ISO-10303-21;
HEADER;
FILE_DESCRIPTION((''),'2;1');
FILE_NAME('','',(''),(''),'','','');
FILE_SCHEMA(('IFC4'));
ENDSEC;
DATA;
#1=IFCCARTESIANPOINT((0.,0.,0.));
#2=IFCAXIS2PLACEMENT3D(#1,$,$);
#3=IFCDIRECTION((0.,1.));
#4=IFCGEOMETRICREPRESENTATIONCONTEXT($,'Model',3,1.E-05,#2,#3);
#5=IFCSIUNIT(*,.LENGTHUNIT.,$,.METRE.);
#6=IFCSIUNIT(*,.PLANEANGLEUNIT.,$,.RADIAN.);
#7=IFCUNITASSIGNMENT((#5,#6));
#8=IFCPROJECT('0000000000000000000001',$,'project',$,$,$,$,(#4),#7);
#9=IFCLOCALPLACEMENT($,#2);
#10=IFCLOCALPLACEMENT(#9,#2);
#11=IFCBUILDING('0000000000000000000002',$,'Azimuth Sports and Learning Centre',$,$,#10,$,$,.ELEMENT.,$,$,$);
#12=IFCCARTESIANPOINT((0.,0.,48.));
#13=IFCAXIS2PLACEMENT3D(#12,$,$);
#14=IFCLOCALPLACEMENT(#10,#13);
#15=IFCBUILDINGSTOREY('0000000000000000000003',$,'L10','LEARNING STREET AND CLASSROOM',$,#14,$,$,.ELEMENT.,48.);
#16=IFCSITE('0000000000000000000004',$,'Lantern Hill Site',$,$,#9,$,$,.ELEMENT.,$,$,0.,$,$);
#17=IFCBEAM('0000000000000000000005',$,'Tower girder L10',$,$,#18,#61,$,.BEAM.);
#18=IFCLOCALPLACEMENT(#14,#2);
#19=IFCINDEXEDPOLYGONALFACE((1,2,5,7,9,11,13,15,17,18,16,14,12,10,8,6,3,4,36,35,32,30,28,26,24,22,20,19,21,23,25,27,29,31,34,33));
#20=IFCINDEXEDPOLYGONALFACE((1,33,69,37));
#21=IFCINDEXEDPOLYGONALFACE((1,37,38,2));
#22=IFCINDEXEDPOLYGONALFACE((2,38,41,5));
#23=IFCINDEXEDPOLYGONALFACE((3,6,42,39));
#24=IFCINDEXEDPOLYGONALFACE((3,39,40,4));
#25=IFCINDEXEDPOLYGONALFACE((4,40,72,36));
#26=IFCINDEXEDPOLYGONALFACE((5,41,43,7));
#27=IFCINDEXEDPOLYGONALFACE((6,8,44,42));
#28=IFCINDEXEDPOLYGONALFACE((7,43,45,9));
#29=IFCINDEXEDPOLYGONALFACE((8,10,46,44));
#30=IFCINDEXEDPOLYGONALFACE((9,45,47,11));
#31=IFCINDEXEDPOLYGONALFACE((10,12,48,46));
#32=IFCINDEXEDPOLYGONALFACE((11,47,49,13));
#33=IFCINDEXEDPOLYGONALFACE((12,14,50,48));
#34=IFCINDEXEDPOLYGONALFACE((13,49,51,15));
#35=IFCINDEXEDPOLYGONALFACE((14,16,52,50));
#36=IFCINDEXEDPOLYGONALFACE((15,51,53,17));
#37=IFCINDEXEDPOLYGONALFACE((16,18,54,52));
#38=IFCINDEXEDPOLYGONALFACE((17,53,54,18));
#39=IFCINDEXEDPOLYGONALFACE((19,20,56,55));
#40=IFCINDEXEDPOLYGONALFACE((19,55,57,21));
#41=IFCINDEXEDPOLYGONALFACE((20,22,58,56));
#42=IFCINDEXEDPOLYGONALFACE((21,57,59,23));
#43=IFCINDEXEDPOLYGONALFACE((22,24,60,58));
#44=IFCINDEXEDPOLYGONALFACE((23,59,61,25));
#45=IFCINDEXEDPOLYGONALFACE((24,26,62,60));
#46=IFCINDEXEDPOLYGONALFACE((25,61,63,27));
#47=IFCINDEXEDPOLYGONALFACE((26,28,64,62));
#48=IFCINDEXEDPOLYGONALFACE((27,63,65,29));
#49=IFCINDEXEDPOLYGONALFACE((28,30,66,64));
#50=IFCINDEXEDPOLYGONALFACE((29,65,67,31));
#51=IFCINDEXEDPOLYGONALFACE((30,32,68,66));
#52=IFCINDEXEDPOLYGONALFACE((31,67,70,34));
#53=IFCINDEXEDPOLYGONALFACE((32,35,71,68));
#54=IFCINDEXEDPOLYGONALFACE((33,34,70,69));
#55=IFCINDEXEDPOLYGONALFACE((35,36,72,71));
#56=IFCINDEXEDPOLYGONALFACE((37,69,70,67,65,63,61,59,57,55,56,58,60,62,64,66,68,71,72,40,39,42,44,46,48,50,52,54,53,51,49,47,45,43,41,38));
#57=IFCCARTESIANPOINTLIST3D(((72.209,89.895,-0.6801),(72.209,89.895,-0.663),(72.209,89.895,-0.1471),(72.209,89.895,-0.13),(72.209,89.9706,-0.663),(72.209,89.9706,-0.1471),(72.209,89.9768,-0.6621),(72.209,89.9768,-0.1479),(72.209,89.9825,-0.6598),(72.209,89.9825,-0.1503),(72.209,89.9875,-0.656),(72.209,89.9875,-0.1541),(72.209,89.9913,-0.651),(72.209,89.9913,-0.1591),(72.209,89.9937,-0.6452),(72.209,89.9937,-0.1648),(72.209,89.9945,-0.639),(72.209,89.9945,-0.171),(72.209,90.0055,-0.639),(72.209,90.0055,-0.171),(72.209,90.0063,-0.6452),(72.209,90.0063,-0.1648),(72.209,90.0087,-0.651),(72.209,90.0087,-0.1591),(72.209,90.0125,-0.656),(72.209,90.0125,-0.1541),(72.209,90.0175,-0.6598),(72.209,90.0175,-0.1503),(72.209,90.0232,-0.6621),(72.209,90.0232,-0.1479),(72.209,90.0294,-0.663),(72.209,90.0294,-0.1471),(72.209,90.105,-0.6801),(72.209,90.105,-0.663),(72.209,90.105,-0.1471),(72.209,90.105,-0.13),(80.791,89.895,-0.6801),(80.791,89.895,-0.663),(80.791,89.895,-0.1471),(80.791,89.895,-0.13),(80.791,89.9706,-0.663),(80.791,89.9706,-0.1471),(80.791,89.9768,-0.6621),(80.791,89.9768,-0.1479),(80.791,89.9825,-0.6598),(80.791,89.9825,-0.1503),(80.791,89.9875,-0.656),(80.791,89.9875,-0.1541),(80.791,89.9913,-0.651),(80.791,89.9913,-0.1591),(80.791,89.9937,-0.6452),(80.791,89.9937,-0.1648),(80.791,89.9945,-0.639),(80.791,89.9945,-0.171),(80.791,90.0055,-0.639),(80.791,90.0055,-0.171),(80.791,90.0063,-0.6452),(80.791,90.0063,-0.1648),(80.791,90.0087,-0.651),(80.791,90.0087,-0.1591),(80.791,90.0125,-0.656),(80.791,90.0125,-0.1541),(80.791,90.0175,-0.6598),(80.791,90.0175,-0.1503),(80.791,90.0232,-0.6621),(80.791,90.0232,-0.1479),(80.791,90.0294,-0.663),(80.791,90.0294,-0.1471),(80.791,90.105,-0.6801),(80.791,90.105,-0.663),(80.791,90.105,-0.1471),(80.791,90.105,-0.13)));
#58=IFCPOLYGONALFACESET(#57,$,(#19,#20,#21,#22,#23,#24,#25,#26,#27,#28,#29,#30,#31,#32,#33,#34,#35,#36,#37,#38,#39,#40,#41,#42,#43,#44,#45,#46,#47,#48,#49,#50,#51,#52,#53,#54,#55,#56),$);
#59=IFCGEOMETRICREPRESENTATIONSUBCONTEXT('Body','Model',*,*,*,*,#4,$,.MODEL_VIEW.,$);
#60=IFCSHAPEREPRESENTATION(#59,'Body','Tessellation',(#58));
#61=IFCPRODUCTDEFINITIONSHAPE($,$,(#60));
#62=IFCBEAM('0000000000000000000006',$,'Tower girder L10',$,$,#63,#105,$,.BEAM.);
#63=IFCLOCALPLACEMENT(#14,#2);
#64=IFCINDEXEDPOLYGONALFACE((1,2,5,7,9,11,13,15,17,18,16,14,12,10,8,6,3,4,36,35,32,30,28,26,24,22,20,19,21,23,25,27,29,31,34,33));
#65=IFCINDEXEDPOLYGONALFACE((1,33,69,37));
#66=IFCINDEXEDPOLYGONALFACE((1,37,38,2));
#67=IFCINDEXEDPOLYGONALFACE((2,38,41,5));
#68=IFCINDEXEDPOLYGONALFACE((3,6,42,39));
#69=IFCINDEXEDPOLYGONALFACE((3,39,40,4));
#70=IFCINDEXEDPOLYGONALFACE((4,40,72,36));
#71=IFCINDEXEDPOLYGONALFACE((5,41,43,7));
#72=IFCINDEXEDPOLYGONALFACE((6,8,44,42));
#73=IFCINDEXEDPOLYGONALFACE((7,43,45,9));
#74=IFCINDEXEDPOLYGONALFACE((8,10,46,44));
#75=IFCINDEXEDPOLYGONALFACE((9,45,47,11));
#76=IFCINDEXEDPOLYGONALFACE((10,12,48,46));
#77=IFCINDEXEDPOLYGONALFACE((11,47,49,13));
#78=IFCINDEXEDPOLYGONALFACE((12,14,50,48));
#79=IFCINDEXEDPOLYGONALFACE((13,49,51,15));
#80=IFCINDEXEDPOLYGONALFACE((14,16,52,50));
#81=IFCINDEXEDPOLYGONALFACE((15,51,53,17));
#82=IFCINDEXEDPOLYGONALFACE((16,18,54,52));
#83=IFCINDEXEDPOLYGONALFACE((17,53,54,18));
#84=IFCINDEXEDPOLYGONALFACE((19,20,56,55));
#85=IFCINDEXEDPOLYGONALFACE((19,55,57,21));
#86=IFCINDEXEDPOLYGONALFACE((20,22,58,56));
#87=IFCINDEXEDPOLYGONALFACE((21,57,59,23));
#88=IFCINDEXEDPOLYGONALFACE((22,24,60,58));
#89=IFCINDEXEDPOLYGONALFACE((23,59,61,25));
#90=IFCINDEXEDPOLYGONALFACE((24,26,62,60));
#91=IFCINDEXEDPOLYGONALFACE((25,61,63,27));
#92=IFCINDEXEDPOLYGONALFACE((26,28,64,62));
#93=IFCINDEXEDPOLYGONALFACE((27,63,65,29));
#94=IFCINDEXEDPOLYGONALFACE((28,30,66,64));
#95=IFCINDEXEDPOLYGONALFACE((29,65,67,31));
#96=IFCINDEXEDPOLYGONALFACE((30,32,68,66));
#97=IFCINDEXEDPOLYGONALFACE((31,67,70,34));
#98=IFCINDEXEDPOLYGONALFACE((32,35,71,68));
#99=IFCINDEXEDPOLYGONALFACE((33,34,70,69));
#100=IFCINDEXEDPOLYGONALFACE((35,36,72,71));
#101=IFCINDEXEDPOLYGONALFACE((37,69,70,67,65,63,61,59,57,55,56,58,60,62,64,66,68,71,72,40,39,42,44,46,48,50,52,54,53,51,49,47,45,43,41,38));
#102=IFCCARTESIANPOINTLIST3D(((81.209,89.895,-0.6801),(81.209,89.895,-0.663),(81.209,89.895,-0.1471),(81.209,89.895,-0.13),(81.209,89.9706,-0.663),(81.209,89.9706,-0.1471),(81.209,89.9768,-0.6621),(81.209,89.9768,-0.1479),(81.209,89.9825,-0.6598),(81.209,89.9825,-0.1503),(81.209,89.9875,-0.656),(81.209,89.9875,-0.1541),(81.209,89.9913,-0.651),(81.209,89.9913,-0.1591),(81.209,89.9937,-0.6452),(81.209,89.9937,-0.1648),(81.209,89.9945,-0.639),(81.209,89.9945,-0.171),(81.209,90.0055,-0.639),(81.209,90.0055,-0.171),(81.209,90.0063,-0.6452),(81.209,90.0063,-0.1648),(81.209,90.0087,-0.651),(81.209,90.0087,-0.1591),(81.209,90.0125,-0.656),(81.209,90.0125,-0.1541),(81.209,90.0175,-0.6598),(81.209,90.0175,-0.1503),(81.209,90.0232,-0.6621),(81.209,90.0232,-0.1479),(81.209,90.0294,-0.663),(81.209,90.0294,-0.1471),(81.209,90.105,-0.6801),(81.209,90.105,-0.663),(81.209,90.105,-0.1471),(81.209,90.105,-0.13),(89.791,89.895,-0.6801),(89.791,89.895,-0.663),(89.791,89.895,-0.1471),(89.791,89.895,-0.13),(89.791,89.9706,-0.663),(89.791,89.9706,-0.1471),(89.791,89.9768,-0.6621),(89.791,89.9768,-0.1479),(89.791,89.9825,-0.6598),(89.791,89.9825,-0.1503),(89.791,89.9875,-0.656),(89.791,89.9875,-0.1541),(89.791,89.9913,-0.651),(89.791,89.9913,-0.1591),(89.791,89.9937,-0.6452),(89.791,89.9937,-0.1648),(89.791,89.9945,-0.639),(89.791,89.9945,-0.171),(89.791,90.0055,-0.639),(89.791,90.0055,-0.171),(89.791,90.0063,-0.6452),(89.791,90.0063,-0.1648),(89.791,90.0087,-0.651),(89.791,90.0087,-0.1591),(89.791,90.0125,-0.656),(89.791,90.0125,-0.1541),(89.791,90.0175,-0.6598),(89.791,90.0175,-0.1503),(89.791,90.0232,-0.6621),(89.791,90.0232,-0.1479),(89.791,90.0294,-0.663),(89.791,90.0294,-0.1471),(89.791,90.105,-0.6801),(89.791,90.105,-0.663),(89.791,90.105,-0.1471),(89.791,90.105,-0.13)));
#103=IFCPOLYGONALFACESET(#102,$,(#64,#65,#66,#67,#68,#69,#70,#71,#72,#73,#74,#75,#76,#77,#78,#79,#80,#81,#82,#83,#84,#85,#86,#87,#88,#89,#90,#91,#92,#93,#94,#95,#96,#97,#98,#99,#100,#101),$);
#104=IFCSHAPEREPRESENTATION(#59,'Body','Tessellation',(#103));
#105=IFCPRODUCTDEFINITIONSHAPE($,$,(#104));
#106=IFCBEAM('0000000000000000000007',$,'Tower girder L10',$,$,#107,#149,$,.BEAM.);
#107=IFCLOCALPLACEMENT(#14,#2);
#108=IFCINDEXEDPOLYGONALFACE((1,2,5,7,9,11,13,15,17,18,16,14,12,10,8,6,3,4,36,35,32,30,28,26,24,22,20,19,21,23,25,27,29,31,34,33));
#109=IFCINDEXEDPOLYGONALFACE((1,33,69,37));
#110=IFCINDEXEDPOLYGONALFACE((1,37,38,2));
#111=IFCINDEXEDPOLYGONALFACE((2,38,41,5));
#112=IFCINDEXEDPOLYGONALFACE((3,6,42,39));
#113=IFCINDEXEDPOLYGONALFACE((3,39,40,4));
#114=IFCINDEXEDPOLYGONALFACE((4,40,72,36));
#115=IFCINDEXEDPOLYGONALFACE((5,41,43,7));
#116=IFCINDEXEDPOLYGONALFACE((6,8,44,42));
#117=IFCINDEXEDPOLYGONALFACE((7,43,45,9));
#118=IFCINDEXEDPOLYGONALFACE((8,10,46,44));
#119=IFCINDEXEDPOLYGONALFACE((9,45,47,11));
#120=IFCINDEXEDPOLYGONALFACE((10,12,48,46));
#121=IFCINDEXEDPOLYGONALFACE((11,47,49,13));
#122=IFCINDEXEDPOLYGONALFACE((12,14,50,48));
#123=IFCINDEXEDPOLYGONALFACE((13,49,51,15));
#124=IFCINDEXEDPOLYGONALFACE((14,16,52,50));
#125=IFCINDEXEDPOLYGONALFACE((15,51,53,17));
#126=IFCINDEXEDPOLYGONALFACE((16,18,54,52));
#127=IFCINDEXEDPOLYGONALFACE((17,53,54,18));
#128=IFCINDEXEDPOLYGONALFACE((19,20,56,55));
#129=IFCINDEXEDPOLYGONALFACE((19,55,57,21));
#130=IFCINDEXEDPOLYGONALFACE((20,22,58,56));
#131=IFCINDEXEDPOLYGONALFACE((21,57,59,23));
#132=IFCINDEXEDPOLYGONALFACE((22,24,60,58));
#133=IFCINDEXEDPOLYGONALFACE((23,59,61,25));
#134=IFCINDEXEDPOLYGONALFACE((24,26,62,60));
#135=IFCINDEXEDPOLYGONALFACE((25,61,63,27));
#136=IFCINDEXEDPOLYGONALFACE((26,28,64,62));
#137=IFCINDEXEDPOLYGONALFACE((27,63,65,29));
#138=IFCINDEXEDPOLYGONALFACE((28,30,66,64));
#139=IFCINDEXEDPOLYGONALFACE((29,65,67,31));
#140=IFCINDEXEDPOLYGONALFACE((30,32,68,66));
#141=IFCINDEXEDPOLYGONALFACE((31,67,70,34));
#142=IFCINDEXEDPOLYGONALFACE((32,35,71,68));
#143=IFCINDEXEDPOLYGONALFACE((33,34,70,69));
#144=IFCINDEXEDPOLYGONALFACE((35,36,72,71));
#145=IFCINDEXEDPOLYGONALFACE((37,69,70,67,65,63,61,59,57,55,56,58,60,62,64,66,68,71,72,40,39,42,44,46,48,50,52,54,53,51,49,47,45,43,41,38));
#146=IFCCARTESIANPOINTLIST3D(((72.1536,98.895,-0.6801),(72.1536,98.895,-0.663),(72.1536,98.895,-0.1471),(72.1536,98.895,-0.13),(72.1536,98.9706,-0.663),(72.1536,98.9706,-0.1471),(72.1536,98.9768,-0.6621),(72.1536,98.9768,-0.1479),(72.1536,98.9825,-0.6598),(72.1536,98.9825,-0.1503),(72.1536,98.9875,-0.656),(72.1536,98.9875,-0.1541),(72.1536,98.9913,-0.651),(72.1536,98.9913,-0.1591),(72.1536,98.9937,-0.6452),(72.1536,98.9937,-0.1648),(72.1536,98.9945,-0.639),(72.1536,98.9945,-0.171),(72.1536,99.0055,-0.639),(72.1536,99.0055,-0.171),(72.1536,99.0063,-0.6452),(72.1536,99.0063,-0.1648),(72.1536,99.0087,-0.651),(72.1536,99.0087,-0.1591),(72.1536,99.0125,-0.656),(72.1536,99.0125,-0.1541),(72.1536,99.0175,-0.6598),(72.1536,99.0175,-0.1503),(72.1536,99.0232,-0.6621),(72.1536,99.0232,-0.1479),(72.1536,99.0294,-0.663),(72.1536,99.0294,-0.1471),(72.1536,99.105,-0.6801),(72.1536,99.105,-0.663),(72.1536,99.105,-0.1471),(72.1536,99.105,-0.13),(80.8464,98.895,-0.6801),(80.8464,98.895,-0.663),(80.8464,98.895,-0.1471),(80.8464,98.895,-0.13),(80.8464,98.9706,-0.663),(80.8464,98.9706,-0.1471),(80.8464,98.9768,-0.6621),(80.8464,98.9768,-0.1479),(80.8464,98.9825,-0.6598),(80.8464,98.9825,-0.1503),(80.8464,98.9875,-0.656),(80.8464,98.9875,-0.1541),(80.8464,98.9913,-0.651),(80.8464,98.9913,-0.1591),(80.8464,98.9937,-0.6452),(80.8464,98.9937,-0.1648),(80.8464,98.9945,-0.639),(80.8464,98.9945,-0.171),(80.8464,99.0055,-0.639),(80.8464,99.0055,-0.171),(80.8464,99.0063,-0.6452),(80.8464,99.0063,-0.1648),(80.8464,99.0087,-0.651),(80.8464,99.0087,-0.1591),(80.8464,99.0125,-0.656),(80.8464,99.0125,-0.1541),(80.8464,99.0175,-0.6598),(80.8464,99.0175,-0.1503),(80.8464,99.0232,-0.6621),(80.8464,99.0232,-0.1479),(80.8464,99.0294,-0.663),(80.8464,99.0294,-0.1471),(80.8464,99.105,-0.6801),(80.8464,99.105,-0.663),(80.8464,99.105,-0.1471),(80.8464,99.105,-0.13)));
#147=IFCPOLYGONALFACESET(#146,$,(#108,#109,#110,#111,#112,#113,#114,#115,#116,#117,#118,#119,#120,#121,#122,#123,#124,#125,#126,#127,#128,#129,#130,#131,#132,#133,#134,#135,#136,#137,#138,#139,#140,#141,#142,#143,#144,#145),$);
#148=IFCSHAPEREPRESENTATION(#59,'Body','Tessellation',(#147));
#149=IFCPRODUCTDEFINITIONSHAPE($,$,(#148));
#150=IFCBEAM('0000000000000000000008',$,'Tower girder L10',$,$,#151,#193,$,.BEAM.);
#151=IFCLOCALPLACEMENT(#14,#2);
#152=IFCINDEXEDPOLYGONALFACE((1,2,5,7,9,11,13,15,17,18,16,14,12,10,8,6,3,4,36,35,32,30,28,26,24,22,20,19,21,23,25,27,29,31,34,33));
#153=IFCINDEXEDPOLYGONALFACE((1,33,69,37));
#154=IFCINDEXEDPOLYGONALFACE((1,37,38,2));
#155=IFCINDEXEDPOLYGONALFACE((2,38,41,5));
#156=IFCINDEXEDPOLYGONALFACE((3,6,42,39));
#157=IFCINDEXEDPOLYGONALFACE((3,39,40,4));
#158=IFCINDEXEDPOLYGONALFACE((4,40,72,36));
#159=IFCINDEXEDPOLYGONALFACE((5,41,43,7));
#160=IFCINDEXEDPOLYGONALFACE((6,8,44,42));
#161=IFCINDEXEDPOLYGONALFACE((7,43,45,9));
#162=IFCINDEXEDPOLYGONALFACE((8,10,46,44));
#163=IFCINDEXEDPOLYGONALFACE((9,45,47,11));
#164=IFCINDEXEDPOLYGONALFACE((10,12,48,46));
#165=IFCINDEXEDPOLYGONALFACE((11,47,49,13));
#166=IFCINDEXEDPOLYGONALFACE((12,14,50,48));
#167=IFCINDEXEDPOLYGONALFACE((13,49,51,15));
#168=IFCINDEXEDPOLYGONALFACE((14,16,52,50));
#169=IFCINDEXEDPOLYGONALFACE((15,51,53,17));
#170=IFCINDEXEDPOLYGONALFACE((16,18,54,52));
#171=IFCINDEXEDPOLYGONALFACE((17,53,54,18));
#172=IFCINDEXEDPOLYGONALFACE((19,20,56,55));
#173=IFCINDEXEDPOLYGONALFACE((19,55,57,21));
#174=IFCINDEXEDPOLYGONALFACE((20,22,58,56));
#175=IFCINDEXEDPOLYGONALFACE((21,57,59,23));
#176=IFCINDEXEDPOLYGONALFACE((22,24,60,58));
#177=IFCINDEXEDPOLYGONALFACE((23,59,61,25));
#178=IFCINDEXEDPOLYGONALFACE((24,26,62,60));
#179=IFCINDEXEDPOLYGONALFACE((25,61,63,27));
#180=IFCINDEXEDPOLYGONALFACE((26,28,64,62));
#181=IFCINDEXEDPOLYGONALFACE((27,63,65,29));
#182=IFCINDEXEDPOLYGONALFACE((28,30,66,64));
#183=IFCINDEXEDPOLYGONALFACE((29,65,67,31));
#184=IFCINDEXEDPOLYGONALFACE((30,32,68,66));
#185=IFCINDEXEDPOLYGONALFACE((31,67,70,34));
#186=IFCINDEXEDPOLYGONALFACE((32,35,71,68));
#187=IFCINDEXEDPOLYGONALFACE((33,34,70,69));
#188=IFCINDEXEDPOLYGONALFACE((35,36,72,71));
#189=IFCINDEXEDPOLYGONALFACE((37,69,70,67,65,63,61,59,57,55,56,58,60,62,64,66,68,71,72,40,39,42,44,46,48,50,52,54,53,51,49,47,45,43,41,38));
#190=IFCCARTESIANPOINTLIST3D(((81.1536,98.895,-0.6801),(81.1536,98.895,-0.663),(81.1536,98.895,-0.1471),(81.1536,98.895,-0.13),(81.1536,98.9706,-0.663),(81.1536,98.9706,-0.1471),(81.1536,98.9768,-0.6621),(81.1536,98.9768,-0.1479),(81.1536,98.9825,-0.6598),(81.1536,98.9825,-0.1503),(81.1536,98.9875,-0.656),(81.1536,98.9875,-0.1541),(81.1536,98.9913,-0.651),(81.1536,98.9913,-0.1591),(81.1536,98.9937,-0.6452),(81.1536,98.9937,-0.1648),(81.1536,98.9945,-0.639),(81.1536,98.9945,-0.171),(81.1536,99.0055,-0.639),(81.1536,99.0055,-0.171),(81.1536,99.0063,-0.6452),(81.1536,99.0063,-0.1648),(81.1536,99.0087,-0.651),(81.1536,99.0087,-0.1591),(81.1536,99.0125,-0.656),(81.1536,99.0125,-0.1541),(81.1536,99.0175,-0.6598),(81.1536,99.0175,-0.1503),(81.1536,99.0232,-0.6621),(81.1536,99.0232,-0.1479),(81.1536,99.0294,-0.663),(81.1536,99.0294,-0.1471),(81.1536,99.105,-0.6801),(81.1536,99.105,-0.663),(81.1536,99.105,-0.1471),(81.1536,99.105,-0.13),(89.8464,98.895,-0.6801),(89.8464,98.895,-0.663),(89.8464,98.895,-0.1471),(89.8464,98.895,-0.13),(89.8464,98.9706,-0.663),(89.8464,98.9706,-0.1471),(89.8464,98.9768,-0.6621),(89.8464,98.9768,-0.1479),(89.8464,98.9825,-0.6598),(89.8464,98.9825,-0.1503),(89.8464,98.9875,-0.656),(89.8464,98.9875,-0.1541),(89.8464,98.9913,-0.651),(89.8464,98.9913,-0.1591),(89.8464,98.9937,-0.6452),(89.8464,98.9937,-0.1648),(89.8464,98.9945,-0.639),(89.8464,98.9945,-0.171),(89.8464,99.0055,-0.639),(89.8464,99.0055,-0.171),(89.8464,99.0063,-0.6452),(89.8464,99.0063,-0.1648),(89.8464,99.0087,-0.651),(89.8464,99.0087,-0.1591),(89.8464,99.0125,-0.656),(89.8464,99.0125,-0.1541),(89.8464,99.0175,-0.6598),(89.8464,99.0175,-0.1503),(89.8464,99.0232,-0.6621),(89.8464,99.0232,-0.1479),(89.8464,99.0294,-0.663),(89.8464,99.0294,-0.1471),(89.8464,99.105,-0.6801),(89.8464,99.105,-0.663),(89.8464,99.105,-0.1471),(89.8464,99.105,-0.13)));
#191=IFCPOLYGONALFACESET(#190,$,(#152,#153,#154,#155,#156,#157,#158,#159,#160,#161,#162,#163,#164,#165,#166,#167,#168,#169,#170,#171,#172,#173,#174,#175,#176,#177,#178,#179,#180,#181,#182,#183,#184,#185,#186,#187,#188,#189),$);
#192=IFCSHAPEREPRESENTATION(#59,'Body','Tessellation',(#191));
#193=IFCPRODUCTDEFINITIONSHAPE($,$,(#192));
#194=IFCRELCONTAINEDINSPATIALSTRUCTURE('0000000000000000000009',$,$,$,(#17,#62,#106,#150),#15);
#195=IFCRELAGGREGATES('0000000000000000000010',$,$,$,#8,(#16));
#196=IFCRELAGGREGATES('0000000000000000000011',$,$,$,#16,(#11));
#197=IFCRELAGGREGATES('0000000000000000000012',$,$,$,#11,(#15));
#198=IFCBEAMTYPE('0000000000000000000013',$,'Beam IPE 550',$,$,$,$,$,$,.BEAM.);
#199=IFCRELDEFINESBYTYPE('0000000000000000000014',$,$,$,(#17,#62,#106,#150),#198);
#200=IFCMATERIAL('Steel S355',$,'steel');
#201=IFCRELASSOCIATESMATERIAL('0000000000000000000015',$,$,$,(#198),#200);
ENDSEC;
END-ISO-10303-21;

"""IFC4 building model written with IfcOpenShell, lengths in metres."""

from ifc_helpers import new_model, si_unit, direction, frame, origin, origin_2d, place, context, subcontext, project, spatial, i_section, extrude, material, material_profile, profile_set, type_object, element, save


model = new_model("IFC4")

# Units and contexts
model_context = context("Model", 3, precision=1e-05, world=origin(), true_north=direction((0.0, 1.0)))
body_context = subcontext(model_context, "Body", "Model", "MODEL_VIEW")
ifc_project = project(units=[si_unit("LENGTHUNIT", "METRE"), si_unit("PLANEANGLEUNIT", "RADIAN")], contexts=[model_context])

# Site, building, storey
site_placement = place(None, origin())
site = spatial("IfcSite", under=ifc_project, at=site_placement, Name="Lantern Hill Site", CompositionType="ELEMENT", RefElevation=0.0)
building_placement = place(site_placement, origin())
building = spatial("IfcBuilding", under=site, at=building_placement, Name="Azimuth Sports and Learning Centre", CompositionType="ELEMENT")
storey_placement = place(building_placement, frame((0.0, 0.0, 48.0)))
storey = spatial("IfcBuildingStorey", under=building, at=storey_placement, Name="L10", Description="LEARNING STREET AND CLASSROOM", CompositionType="ELEMENT", Elevation=48.0)

# Beams
ifc_material_1 = material(Name="Steel S355", Category="steel")
ifc_material_profile_1 = material_profile(ifc_material_1, i_section(OverallWidth=0.21, OverallDepth=0.55, WebThickness=0.011, FlangeThickness=0.0171, FilletRadius=0.0239, at=origin_2d()), Name="IPE 550")
ifc_profile_set_1 = profile_set([ifc_material_profile_1], Name="Steel S355")
beam_type_1 = type_object("IfcBeamType", Name="Beam IPE 550", PredefinedType="BEAM", material=ifc_profile_set_1)
for number, where, z_axis, x_axis, name in (
    (1, (72.209, 90.0, -0.405), (1.0, 0.0, 0.0), (0.0, 1.0, 0.0), "Tower girder L10"),
    (2, (81.209, 90.0, -0.405), (1.0, 0.0, 0.0), (0.0, 1.0, 0.0), "Tower girder L10"),
):
    element("IfcBeam", number, at=place(storey_placement, frame(where, z_axis=z_axis, x_axis=x_axis)), inside=storey, type_object=beam_type_1, Name=name, PredefinedType="BEAM", context=body_context, shape_type="SweptSolid", body=[
        extrude(i_section(OverallWidth=0.21, OverallDepth=0.55, WebThickness=0.011, FlangeThickness=0.0171, FilletRadius=0.0239, at=origin_2d()), origin(), (0.0, 0.0, 1.0), 8.582),
    ])
for number, where, z_axis, x_axis, name in (
    (3, (72.1536, 99.0, -0.405), (1.0, 0.0, 0.0), (0.0, 1.0, 0.0), "Tower girder L10"),
    (4, (81.1536, 99.0, -0.405), (1.0, 0.0, 0.0), (0.0, 1.0, 0.0), "Tower girder L10"),
):
    element("IfcBeam", number, at=place(storey_placement, frame(where, z_axis=z_axis, x_axis=x_axis)), inside=storey, type_object=beam_type_1, Name=name, PredefinedType="BEAM", context=body_context, shape_type="SweptSolid", body=[
        extrude(i_section(OverallWidth=0.21, OverallDepth=0.55, WebThickness=0.011, FlangeThickness=0.0171, FilletRadius=0.0239, at=origin_2d()), origin(), (0.0, 0.0, 1.0), 8.6929),
    ])

save(model, "model.ifc")
